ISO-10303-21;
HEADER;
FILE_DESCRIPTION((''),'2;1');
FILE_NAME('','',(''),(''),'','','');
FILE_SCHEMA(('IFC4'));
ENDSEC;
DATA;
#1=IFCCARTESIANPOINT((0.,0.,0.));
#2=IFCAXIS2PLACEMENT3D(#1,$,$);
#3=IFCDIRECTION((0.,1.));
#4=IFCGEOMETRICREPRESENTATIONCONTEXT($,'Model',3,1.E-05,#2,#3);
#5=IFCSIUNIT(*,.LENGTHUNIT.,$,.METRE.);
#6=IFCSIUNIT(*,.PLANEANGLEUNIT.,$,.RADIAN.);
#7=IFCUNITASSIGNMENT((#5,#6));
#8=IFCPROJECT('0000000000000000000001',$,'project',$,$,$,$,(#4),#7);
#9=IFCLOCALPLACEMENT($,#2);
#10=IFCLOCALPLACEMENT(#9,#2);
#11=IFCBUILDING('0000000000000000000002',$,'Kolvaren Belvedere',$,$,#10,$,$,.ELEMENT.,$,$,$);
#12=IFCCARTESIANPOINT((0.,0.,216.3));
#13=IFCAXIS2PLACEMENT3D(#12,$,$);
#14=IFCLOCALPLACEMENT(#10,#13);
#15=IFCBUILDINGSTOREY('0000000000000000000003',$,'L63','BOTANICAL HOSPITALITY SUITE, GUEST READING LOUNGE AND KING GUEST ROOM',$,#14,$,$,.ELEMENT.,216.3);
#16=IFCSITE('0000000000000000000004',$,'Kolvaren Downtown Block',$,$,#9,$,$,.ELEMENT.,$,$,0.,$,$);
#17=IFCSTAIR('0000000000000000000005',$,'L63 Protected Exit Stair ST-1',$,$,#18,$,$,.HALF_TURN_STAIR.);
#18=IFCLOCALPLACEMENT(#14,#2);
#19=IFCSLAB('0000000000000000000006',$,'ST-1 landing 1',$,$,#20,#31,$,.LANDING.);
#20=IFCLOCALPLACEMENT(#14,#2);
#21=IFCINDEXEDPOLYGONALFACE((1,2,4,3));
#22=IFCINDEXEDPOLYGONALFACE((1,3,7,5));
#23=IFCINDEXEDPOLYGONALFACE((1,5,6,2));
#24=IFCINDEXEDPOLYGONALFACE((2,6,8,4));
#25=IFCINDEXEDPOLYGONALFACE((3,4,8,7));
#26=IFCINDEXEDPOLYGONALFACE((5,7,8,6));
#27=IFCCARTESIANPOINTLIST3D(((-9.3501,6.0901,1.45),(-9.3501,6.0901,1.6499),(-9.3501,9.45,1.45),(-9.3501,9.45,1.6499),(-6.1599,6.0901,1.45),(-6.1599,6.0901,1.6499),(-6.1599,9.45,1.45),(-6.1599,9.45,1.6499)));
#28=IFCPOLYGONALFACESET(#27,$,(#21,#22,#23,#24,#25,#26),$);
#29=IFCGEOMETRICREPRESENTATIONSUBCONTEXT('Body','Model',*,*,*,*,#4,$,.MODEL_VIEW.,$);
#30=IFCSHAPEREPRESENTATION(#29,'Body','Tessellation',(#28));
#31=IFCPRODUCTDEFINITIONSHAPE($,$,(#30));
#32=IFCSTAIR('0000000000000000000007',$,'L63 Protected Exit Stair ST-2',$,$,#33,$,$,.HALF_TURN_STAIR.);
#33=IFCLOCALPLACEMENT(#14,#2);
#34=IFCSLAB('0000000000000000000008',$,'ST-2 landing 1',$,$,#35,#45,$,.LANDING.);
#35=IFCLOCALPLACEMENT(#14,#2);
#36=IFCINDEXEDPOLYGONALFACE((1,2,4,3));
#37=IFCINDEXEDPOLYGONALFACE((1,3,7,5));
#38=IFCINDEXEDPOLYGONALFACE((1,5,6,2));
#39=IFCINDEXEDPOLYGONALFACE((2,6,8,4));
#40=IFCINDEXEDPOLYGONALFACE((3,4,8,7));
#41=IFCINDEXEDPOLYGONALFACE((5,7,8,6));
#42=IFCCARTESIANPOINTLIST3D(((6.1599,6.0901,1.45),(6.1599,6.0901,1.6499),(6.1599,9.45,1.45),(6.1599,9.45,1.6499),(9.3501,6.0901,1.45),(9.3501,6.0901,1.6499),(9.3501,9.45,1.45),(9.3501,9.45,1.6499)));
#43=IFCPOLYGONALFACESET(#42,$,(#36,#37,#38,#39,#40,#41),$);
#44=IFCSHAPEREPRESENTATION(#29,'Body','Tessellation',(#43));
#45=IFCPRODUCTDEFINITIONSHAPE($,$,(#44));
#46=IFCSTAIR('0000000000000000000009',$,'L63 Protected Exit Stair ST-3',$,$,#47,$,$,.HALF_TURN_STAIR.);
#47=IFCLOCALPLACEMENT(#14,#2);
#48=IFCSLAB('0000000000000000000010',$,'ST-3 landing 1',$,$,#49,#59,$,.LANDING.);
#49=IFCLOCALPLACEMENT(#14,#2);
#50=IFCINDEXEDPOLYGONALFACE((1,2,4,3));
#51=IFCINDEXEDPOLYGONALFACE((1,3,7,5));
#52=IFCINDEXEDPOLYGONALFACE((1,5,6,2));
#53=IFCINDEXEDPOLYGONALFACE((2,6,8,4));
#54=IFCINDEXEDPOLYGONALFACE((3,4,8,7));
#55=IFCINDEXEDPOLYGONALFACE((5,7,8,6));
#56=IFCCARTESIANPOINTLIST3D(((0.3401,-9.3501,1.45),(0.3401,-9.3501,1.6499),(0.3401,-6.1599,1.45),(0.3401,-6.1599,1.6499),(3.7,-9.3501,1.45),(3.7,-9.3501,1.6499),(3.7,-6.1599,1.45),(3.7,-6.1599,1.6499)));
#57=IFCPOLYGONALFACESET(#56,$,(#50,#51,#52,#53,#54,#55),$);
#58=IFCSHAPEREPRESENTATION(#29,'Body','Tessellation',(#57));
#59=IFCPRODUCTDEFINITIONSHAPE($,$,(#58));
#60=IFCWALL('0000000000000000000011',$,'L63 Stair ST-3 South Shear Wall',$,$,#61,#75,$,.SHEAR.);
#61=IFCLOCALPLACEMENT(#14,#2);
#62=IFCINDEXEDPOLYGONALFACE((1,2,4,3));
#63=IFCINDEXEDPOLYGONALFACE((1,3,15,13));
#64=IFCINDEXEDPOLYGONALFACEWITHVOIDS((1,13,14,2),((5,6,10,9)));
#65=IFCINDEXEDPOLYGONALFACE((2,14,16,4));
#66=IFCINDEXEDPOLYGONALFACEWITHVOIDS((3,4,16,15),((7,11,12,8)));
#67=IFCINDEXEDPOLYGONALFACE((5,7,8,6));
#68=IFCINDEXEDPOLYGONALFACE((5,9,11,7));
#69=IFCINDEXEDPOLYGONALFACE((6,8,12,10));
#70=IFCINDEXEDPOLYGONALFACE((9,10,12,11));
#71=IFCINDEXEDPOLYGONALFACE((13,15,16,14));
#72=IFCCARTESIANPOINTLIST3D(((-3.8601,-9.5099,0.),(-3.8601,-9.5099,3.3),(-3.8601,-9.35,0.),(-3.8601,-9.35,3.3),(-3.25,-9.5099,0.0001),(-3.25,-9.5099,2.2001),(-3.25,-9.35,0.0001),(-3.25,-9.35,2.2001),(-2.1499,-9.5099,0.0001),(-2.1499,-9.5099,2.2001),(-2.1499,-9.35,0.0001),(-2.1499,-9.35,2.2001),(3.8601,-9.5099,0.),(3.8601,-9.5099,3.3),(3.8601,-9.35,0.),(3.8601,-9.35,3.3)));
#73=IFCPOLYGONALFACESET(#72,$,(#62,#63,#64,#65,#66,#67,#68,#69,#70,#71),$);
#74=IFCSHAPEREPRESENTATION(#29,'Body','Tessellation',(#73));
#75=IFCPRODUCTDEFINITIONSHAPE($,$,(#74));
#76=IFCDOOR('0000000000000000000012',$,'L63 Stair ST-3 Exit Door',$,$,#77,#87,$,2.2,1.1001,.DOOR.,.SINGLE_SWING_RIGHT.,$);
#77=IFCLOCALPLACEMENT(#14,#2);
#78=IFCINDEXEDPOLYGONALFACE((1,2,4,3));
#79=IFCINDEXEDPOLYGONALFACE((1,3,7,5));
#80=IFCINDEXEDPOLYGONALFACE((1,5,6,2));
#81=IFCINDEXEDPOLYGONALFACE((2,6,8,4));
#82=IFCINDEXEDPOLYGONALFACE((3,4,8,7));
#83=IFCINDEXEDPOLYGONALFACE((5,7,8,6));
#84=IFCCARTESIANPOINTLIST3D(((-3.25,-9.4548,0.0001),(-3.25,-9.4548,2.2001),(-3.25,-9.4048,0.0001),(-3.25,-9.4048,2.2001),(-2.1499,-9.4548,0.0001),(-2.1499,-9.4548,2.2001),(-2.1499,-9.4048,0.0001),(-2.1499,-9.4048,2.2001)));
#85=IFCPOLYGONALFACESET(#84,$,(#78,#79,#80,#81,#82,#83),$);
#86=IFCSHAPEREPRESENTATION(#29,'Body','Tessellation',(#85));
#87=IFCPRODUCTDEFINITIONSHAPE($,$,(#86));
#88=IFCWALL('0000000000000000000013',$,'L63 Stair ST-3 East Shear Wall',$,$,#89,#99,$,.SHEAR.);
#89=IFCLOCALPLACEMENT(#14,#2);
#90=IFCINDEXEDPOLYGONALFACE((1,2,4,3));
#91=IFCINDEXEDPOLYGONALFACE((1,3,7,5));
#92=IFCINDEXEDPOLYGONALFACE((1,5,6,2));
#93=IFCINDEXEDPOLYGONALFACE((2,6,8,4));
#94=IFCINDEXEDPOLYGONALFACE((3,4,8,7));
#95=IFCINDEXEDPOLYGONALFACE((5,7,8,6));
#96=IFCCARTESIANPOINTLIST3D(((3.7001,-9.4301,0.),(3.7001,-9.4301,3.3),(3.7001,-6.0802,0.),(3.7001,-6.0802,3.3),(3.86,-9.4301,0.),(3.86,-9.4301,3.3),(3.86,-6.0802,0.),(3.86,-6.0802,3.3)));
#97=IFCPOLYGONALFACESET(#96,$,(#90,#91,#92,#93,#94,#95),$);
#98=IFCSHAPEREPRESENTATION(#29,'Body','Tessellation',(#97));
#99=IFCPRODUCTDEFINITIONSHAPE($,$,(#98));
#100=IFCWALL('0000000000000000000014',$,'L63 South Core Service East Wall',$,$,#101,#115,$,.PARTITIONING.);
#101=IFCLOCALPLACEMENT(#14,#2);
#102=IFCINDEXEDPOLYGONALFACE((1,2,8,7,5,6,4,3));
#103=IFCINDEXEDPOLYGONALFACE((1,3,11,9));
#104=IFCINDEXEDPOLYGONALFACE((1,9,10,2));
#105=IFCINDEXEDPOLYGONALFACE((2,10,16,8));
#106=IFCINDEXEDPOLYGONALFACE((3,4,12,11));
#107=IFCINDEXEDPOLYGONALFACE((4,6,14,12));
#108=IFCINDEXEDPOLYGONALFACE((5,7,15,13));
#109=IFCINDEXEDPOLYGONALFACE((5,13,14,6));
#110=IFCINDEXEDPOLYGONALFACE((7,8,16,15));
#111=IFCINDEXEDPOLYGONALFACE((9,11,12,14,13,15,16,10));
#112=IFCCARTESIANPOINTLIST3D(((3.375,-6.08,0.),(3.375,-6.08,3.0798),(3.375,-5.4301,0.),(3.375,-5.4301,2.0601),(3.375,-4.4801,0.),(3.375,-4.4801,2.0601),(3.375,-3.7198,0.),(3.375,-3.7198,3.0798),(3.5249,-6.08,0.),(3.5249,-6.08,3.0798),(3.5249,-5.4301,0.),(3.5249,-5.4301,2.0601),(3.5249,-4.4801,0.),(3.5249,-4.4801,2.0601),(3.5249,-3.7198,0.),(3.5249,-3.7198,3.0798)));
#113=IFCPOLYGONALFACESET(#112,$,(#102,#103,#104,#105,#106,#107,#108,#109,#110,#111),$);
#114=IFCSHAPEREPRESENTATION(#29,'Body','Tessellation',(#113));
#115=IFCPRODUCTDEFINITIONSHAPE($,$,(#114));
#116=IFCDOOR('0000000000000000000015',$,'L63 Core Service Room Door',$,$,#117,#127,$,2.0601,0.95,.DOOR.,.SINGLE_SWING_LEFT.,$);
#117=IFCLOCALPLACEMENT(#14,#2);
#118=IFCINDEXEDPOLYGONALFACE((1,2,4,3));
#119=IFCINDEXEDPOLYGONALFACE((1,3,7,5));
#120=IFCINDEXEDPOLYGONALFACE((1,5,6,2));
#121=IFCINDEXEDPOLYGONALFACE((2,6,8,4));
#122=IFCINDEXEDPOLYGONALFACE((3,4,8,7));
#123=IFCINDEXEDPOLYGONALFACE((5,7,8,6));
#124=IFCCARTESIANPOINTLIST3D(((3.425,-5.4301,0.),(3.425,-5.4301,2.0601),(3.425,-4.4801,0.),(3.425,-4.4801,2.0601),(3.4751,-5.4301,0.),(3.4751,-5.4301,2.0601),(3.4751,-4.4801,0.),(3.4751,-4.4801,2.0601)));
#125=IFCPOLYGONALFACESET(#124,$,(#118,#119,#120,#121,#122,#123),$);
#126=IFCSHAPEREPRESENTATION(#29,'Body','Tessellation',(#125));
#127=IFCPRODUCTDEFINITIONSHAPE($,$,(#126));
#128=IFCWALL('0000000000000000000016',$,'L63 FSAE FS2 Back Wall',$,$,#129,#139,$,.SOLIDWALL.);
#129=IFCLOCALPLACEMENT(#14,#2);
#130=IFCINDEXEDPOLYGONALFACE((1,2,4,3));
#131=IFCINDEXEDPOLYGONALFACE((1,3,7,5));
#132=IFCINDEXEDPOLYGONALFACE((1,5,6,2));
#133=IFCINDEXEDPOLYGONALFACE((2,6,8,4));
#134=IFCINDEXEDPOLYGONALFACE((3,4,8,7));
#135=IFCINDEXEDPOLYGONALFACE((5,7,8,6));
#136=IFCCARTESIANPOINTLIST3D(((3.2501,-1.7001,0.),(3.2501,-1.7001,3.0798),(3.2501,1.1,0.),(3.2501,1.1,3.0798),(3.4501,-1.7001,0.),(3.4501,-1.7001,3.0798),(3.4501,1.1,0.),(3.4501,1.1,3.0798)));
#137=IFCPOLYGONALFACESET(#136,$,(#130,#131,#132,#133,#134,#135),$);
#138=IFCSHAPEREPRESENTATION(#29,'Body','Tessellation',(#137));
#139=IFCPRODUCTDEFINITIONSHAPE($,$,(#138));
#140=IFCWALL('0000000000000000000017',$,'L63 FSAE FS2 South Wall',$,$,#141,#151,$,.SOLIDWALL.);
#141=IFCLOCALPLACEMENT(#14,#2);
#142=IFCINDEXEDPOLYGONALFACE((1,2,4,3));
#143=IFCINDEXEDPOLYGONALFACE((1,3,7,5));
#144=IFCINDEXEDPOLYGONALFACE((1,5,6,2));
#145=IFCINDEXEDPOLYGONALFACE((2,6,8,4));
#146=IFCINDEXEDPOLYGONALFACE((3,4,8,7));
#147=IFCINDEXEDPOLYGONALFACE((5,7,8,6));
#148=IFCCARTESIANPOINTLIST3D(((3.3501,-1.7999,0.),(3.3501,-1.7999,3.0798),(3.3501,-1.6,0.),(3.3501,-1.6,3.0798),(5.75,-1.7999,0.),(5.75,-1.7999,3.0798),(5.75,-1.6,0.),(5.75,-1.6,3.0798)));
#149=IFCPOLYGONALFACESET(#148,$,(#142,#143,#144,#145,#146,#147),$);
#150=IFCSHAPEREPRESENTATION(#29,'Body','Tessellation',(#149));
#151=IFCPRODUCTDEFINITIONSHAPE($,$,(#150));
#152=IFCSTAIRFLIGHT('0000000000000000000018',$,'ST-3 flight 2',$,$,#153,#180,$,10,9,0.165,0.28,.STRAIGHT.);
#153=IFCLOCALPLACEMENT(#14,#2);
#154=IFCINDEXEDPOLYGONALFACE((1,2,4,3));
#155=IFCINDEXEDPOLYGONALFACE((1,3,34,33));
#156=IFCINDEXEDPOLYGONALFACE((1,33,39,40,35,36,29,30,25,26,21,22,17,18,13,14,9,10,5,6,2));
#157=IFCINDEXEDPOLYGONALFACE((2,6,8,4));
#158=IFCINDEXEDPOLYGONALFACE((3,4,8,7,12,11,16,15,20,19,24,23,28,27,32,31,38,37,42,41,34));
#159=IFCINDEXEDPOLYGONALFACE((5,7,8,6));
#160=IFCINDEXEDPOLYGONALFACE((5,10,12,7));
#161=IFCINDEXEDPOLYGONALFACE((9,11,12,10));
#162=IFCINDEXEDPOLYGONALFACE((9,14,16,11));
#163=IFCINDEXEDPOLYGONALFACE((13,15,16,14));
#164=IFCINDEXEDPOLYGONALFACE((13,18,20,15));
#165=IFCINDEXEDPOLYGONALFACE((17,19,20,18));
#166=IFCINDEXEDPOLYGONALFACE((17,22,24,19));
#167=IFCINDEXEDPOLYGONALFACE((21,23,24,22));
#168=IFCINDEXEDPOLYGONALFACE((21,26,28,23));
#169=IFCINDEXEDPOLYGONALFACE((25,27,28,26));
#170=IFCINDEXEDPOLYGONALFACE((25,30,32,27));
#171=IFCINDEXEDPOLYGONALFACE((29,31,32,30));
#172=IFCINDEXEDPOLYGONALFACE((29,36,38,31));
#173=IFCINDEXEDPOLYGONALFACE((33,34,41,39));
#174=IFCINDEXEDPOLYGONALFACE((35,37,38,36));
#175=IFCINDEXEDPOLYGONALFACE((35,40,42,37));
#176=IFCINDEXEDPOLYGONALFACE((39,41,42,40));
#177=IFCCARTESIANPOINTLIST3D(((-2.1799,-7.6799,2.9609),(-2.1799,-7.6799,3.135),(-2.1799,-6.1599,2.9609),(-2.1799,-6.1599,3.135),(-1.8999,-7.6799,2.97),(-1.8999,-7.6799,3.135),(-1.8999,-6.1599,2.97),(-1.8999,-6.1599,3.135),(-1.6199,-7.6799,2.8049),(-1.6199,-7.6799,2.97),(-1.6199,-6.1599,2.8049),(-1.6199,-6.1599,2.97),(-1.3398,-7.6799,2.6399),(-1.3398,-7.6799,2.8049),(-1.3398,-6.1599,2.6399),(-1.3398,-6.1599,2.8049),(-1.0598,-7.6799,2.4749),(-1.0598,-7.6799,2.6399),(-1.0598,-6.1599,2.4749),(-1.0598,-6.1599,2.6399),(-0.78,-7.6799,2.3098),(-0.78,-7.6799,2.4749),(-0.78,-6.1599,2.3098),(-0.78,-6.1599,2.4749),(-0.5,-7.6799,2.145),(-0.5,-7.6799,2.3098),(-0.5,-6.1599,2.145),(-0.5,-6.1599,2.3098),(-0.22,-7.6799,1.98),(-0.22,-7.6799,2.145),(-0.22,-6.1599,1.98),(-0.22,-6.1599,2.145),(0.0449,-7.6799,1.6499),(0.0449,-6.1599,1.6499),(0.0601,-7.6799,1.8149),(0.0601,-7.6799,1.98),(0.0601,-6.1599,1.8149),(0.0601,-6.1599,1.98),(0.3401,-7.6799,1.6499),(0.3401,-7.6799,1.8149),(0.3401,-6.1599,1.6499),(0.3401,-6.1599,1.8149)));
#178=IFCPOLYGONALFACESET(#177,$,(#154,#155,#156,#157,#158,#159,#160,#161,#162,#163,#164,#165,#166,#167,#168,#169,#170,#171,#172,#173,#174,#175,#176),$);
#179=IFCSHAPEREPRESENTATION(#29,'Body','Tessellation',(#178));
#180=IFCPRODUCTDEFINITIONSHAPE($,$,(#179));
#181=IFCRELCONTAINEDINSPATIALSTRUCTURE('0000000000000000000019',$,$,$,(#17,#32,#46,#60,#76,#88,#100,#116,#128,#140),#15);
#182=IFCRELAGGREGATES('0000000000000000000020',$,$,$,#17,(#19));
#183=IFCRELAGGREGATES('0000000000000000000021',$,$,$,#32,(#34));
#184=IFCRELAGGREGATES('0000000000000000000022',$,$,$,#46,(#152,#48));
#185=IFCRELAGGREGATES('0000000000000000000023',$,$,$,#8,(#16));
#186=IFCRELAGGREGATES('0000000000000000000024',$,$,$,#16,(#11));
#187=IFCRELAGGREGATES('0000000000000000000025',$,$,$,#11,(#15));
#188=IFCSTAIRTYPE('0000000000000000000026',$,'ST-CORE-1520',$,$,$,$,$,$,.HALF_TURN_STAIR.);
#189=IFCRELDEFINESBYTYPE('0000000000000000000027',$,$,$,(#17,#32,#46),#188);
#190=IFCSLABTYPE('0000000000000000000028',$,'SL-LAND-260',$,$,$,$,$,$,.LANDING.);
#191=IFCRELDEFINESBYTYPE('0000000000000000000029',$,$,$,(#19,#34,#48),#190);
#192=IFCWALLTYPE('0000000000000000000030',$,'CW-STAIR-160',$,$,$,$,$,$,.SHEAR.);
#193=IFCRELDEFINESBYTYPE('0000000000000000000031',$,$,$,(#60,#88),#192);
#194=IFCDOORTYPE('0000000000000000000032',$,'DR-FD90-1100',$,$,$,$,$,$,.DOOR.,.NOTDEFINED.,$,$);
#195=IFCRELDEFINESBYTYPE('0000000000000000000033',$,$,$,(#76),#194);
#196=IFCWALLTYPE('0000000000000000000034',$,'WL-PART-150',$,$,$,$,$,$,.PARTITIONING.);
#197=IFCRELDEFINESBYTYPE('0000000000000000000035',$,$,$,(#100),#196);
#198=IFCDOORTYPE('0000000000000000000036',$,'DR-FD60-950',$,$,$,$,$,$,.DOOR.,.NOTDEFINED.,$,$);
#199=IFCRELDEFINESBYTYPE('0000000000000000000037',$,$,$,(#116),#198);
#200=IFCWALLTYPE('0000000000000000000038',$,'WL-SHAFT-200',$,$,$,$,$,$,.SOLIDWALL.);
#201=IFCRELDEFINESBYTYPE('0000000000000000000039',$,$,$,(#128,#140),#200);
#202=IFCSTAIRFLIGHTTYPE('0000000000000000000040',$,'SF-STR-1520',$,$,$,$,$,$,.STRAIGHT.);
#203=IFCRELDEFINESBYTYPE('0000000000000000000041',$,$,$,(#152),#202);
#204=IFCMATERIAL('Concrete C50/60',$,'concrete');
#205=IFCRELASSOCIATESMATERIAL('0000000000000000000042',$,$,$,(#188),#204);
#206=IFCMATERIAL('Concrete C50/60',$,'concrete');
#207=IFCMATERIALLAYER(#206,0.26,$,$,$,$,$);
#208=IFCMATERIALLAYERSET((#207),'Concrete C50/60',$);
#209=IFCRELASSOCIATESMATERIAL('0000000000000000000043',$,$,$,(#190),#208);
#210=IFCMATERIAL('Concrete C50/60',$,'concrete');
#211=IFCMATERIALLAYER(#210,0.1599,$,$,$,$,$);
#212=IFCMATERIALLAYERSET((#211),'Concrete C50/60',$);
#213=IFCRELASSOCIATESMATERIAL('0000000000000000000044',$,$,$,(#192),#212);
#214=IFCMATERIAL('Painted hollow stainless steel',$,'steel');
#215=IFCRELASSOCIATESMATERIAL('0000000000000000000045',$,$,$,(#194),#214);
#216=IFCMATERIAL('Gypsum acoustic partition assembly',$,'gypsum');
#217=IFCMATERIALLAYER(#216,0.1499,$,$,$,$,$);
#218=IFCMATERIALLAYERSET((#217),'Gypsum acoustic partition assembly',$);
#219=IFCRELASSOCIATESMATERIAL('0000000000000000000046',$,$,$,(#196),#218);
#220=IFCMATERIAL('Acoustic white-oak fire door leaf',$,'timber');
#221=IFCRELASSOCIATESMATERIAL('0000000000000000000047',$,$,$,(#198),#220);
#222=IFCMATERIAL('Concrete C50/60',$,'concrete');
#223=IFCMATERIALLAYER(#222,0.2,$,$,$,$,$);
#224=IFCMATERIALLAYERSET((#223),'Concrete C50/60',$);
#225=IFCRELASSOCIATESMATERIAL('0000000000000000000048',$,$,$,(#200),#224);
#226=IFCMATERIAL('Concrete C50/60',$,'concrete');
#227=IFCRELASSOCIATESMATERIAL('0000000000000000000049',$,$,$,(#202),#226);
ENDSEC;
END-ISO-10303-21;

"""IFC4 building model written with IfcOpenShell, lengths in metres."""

from ifc_helpers import new_model, si_unit, direction, frame, frame_2d, origin, place, context, subcontext, project, spatial, polyline, rectangle, outline, extrude, material, layer, layer_set, type_object, element, fill, aggregate, save


model = new_model("IFC4")

# Units and contexts
model_context = context("Model", 3, precision=1e-05, world=origin(), true_north=direction((0.0, 1.0)))
body_context = subcontext(model_context, "Body", "Model", "MODEL_VIEW")
ifc_project = project(units=[si_unit("LENGTHUNIT", "METRE"), si_unit("PLANEANGLEUNIT", "RADIAN")], contexts=[model_context])

# Site, building, storey
site_placement = place(None, origin())
site = spatial("IfcSite", under=ifc_project, at=site_placement, Name="Kolvaren Downtown Block", CompositionType="ELEMENT", RefElevation=0.0)
building_placement = place(site_placement, origin())
building = spatial("IfcBuilding", under=site, at=building_placement, Name="Kolvaren Belvedere", CompositionType="ELEMENT")
storey_placement = place(building_placement, frame((0.0, 0.0, 216.3)))
storey = spatial("IfcBuildingStorey", under=building, at=storey_placement, Name="L63", Description="BOTANICAL HOSPITALITY SUITE, GUEST READING LOUNGE AND KING GUEST ROOM", CompositionType="ELEMENT", Elevation=216.3)

# Stairs, slabs
ifc_material_1 = material(Name="Concrete C50/60", Category="concrete")
stair_type = type_object("IfcStairType", Name="ST-CORE-1520", PredefinedType="HALF_TURN_STAIR", material=ifc_material_1)
stair_1_placement = place(storey_placement, origin())
stair_1 = element("IfcStair", 1, at=stair_1_placement, inside=storey, type_object=stair_type, Name="L63 Protected Exit Stair ST-1", PredefinedType="HALF_TURN_STAIR")
ifc_material_2 = material(Name="Concrete C50/60", Category="concrete")
ifc_layer_1 = layer(ifc_material_2, 0.26)
ifc_layer_set_1 = layer_set([ifc_layer_1], Name="Concrete C50/60")
slab_type = type_object("IfcSlabType", Name="SL-LAND-260", PredefinedType="LANDING", material=ifc_layer_set_1)
slab_1_placement = place(storey_placement, frame((0.0, 0.0, 1.45)))
slab_1 = element("IfcSlab", 2, at=slab_1_placement, type_object=slab_type, Name="ST-1 landing 1", PredefinedType="LANDING", context=body_context, shape_type="SweptSolid", body=[
    extrude(outline(polyline([(-6.1599, 6.0901), (-6.1599, 9.45), (-9.3501, 9.45), (-9.3501, 6.0901), (-6.1599, 6.0901)])), origin(), (0.0, 0.0, 1.0), 0.2),
])
aggregate(stair_1, [slab_1])
stair_2_placement = place(storey_placement, origin())
stair_2 = element("IfcStair", 3, at=stair_2_placement, inside=storey, type_object=stair_type, Name="L63 Protected Exit Stair ST-2", PredefinedType="HALF_TURN_STAIR")
slab_2_placement = place(storey_placement, frame((0.0, 0.0, 1.45)))
slab_2 = element("IfcSlab", 4, at=slab_2_placement, type_object=slab_type, Name="ST-2 landing 1", PredefinedType="LANDING", context=body_context, shape_type="SweptSolid", body=[
    extrude(outline(polyline([(9.3501, 6.0901), (9.3501, 9.45), (6.1599, 9.45), (6.1599, 6.0901), (9.3501, 6.0901)])), origin(), (0.0, 0.0, 1.0), 0.2),
])
aggregate(stair_2, [slab_2])
stair_3_placement = place(storey_placement, origin())
stair_3 = element("IfcStair", 5, at=stair_3_placement, inside=storey, type_object=stair_type, Name="L63 Protected Exit Stair ST-3", PredefinedType="HALF_TURN_STAIR")
slab_3_placement = place(storey_placement, frame((0.0, 0.0, 1.45)))
slab_3 = element("IfcSlab", 6, at=slab_3_placement, type_object=slab_type, Name="ST-3 landing 1", PredefinedType="LANDING", context=body_context, shape_type="SweptSolid", body=[
    extrude(outline(polyline([(0.3401, -9.3501), (3.7, -9.3501), (3.7, -6.1599), (0.3401, -6.1599), (0.3401, -9.3501)])), origin(), (0.0, 0.0, 1.0), 0.2),
])

# Wall, opening, door
ifc_material_3 = material(Name="Concrete C50/60", Category="concrete")
ifc_layer_2 = layer(ifc_material_3, 0.1599)
ifc_layer_set_2 = layer_set([ifc_layer_2], Name="Concrete C50/60")
wall_type_1 = type_object("IfcWallType", Name="CW-STAIR-160", PredefinedType="SHEAR", material=ifc_layer_set_2)
wall_1_placement = place(storey_placement, frame((3.8601, -9.4299, 0.0), z_axis=(0.0, 0.0, 1.0), x_axis=(-1.0, 0.0, 0.0)))
wall_1 = element("IfcWall", 7, at=wall_1_placement, inside=storey, type_object=wall_type_1, Name="L63 Stair ST-3 South Shear Wall", PredefinedType="SHEAR", context=body_context, shape_type="SweptSolid", body=[
    extrude(rectangle(XDim=7.7202, YDim=0.1599, at=frame_2d((3.8601, 0.0))), origin(), (0.0, 0.0, 1.0), 3.3),
])
opening_1_placement = place(wall_1_placement, frame((6.01, 0.0, 0.0)))
opening_1 = element("IfcOpeningElement", 8, at=opening_1_placement, cuts=wall_1, PredefinedType="OPENING", context=body_context, shape_type="SweptSolid", body=[
    extrude(rectangle(XDim=1.1001, YDim=2.2, at=frame_2d((0.55, 1.1001))), frame((0.0, 0.0898, 0.0), z_axis=(0.0, -1.0, 0.0), x_axis=(1.0, 0.0, 0.0)), (0.0, 0.0, 1.0), 0.1799),
])
ifc_material_4 = material(Name="Painted hollow stainless steel", Category="steel")
door_type_1 = type_object("IfcDoorType", Name="DR-FD90-1100", OperationType="NOTDEFINED", PredefinedType="DOOR", material=ifc_material_4)
door_1_placement = place(opening_1_placement, origin())
door_1 = element("IfcDoor", 9, at=door_1_placement, inside=storey, type_object=door_type_1, Name="L63 Stair ST-3 Exit Door", OperationType="SINGLE_SWING_RIGHT", OverallHeight=2.2, OverallWidth=1.1001, PredefinedType="DOOR", context=body_context, shape_type="SweptSolid", body=[
    extrude(rectangle(XDim=1.1001, YDim=2.2, at=frame_2d((0.55, 1.1001))), frame((0.0, 0.0249, 0.0), z_axis=(0.0, -1.0, 0.0), x_axis=(1.0, 0.0, 0.0)), (0.0, 0.0, 1.0), 0.05),
])
fill(opening_1, door_1)

# Wall
wall_2_placement = place(storey_placement, frame((3.78, -9.4299, 0.0), z_axis=(0.0, 0.0, 1.0), x_axis=(0.0, 1.0, 0.0)))
element("IfcWall", 10, at=wall_2_placement, inside=storey, type_object=wall_type_1, Name="L63 Stair ST-3 East Shear Wall", PredefinedType="SHEAR", context=body_context, shape_type="SweptSolid", body=[
    extrude(rectangle(XDim=3.3499, YDim=0.1599, at=frame_2d((1.6748, 0.0))), origin(), (0.0, 0.0, 1.0), 3.3),
])

# Wall, opening, door
ifc_material_5 = material(Name="Gypsum acoustic partition assembly", Category="gypsum")
ifc_layer_3 = layer(ifc_material_5, 0.1499)
ifc_layer_set_3 = layer_set([ifc_layer_3], Name="Gypsum acoustic partition assembly")
wall_type_2 = type_object("IfcWallType", Name="WL-PART-150", PredefinedType="PARTITIONING", material=ifc_layer_set_3)
wall_3_placement = place(storey_placement, frame((3.45, -6.0801, 0.0), z_axis=(0.0, 0.0, 1.0), x_axis=(0.0, 1.0, 0.0)))
wall_3 = element("IfcWall", 11, at=wall_3_placement, inside=storey, type_object=wall_type_2, Name="L63 South Core Service East Wall", PredefinedType="PARTITIONING", context=body_context, shape_type="SweptSolid", body=[
    extrude(rectangle(XDim=2.3601, YDim=0.1499, at=frame_2d((1.1802, 0.0))), origin(), (0.0, 0.0, 1.0), 3.0798),
])
opening_2_placement = place(wall_3_placement, frame((0.6499, 0.0, 0.0)))
opening_2 = element("IfcOpeningElement", 12, at=opening_2_placement, cuts=wall_3, PredefinedType="OPENING", context=body_context, shape_type="SweptSolid", body=[
    extrude(rectangle(XDim=0.95, YDim=2.0601, at=frame_2d((0.4751, 1.03))), frame((0.0, 0.085, 0.0), z_axis=(0.0, -1.0, 0.0), x_axis=(1.0, 0.0, 0.0)), (0.0, 0.0, 1.0), 0.1699),
])
ifc_material_6 = material(Name="Acoustic white-oak fire door leaf", Category="timber")
door_type_2 = type_object("IfcDoorType", Name="DR-FD60-950", OperationType="NOTDEFINED", PredefinedType="DOOR", material=ifc_material_6)
door_2_placement = place(opening_2_placement, origin())
door_2 = element("IfcDoor", 13, at=door_2_placement, inside=storey, type_object=door_type_2, Name="L63 Core Service Room Door", OperationType="SINGLE_SWING_LEFT", OverallHeight=2.0601, OverallWidth=0.95, PredefinedType="DOOR", context=body_context, shape_type="SweptSolid", body=[
    extrude(rectangle(XDim=0.95, YDim=2.0601, at=frame_2d((0.4751, 1.03))), frame((0.0, 0.0249, 0.0), z_axis=(0.0, -1.0, 0.0), x_axis=(1.0, 0.0, 0.0)), (0.0, 0.0, 1.0), 0.05),
])
fill(opening_2, door_2)

# Walls
ifc_material_7 = material(Name="Concrete C50/60", Category="concrete")
ifc_layer_4 = layer(ifc_material_7, 0.2)
ifc_layer_set_4 = layer_set([ifc_layer_4], Name="Concrete C50/60")
wall_type_3 = type_object("IfcWallType", Name="WL-SHAFT-200", PredefinedType="SOLIDWALL", material=ifc_layer_set_4)
wall_4_placement = place(storey_placement, frame((3.3501, -1.7, 0.0), z_axis=(0.0, 0.0, 1.0), x_axis=(0.0, 1.0, 0.0)))
element("IfcWall", 14, at=wall_4_placement, inside=storey, type_object=wall_type_3, Name="L63 FSAE FS2 Back Wall", PredefinedType="SOLIDWALL", context=body_context, shape_type="SweptSolid", body=[
    extrude(rectangle(XDim=2.8, YDim=0.2, at=frame_2d((1.3999, 0.0))), origin(), (0.0, 0.0, 1.0), 3.0798),
])
wall_5_placement = place(storey_placement, frame((3.3501, -1.7, 0.0), z_axis=(0.0, 0.0, 1.0), x_axis=(1.0, 0.0, 0.0)))
element("IfcWall", 15, at=wall_5_placement, inside=storey, type_object=wall_type_3, Name="L63 FSAE FS2 South Wall", PredefinedType="SOLIDWALL", context=body_context, shape_type="SweptSolid", body=[
    extrude(rectangle(XDim=2.3999, YDim=0.2, at=frame_2d((1.2, 0.0))), origin(), (0.0, 0.0, 1.0), 3.0798),
])

# Stair flight
ifc_material_8 = material(Name="Concrete C50/60", Category="concrete")
stair_flight_type = type_object("IfcStairFlightType", Name="SF-STR-1520", PredefinedType="STRAIGHT", material=ifc_material_8)
stair_flight_placement = place(storey_placement, frame((0.3401, -6.9199, 1.6499), z_axis=(0.0, 0.0, 1.0), x_axis=(-1.0, 0.0, 0.0)))
stair_flight = element("IfcStairFlight", 16, at=stair_flight_placement, type_object=stair_flight_type, Name="ST-3 flight 2", NumberOfRisers=10, NumberOfTreads=9, PredefinedType="STRAIGHT", RiserHeight=0.165, TreadLength=0.28, context=body_context, shape_type="SweptSolid", body=[
    extrude(outline(polyline([(0.0, 0.0), (0.0, 0.165), (0.28, 0.165), (0.28, 0.3301), (0.5601, 0.3301), (0.5601, 0.4951), (0.8401, 0.4951), (0.8401, 0.6599), (1.1201, 0.6599), (1.1201, 0.825), (1.3999, 0.825), (1.3999, 0.99), (1.6799, 0.99), (1.6799, 1.155), (1.96, 1.155), (1.96, 1.3201), (2.24, 1.3201), (2.24, 1.4851), (2.52, 1.4851), (2.52, 1.6499), (2.52, 1.311), (0.2952, 0.0), (0.0, 0.0)])), frame((0.0, 0.76, 0.0), z_axis=(0.0, -1.0, 0.0), x_axis=(1.0, 0.0, 0.0)), (0.0, 0.0, 1.0), 1.52),
])
aggregate(stair_3, [stair_flight, slab_3])

save(model, "model.ifc")
